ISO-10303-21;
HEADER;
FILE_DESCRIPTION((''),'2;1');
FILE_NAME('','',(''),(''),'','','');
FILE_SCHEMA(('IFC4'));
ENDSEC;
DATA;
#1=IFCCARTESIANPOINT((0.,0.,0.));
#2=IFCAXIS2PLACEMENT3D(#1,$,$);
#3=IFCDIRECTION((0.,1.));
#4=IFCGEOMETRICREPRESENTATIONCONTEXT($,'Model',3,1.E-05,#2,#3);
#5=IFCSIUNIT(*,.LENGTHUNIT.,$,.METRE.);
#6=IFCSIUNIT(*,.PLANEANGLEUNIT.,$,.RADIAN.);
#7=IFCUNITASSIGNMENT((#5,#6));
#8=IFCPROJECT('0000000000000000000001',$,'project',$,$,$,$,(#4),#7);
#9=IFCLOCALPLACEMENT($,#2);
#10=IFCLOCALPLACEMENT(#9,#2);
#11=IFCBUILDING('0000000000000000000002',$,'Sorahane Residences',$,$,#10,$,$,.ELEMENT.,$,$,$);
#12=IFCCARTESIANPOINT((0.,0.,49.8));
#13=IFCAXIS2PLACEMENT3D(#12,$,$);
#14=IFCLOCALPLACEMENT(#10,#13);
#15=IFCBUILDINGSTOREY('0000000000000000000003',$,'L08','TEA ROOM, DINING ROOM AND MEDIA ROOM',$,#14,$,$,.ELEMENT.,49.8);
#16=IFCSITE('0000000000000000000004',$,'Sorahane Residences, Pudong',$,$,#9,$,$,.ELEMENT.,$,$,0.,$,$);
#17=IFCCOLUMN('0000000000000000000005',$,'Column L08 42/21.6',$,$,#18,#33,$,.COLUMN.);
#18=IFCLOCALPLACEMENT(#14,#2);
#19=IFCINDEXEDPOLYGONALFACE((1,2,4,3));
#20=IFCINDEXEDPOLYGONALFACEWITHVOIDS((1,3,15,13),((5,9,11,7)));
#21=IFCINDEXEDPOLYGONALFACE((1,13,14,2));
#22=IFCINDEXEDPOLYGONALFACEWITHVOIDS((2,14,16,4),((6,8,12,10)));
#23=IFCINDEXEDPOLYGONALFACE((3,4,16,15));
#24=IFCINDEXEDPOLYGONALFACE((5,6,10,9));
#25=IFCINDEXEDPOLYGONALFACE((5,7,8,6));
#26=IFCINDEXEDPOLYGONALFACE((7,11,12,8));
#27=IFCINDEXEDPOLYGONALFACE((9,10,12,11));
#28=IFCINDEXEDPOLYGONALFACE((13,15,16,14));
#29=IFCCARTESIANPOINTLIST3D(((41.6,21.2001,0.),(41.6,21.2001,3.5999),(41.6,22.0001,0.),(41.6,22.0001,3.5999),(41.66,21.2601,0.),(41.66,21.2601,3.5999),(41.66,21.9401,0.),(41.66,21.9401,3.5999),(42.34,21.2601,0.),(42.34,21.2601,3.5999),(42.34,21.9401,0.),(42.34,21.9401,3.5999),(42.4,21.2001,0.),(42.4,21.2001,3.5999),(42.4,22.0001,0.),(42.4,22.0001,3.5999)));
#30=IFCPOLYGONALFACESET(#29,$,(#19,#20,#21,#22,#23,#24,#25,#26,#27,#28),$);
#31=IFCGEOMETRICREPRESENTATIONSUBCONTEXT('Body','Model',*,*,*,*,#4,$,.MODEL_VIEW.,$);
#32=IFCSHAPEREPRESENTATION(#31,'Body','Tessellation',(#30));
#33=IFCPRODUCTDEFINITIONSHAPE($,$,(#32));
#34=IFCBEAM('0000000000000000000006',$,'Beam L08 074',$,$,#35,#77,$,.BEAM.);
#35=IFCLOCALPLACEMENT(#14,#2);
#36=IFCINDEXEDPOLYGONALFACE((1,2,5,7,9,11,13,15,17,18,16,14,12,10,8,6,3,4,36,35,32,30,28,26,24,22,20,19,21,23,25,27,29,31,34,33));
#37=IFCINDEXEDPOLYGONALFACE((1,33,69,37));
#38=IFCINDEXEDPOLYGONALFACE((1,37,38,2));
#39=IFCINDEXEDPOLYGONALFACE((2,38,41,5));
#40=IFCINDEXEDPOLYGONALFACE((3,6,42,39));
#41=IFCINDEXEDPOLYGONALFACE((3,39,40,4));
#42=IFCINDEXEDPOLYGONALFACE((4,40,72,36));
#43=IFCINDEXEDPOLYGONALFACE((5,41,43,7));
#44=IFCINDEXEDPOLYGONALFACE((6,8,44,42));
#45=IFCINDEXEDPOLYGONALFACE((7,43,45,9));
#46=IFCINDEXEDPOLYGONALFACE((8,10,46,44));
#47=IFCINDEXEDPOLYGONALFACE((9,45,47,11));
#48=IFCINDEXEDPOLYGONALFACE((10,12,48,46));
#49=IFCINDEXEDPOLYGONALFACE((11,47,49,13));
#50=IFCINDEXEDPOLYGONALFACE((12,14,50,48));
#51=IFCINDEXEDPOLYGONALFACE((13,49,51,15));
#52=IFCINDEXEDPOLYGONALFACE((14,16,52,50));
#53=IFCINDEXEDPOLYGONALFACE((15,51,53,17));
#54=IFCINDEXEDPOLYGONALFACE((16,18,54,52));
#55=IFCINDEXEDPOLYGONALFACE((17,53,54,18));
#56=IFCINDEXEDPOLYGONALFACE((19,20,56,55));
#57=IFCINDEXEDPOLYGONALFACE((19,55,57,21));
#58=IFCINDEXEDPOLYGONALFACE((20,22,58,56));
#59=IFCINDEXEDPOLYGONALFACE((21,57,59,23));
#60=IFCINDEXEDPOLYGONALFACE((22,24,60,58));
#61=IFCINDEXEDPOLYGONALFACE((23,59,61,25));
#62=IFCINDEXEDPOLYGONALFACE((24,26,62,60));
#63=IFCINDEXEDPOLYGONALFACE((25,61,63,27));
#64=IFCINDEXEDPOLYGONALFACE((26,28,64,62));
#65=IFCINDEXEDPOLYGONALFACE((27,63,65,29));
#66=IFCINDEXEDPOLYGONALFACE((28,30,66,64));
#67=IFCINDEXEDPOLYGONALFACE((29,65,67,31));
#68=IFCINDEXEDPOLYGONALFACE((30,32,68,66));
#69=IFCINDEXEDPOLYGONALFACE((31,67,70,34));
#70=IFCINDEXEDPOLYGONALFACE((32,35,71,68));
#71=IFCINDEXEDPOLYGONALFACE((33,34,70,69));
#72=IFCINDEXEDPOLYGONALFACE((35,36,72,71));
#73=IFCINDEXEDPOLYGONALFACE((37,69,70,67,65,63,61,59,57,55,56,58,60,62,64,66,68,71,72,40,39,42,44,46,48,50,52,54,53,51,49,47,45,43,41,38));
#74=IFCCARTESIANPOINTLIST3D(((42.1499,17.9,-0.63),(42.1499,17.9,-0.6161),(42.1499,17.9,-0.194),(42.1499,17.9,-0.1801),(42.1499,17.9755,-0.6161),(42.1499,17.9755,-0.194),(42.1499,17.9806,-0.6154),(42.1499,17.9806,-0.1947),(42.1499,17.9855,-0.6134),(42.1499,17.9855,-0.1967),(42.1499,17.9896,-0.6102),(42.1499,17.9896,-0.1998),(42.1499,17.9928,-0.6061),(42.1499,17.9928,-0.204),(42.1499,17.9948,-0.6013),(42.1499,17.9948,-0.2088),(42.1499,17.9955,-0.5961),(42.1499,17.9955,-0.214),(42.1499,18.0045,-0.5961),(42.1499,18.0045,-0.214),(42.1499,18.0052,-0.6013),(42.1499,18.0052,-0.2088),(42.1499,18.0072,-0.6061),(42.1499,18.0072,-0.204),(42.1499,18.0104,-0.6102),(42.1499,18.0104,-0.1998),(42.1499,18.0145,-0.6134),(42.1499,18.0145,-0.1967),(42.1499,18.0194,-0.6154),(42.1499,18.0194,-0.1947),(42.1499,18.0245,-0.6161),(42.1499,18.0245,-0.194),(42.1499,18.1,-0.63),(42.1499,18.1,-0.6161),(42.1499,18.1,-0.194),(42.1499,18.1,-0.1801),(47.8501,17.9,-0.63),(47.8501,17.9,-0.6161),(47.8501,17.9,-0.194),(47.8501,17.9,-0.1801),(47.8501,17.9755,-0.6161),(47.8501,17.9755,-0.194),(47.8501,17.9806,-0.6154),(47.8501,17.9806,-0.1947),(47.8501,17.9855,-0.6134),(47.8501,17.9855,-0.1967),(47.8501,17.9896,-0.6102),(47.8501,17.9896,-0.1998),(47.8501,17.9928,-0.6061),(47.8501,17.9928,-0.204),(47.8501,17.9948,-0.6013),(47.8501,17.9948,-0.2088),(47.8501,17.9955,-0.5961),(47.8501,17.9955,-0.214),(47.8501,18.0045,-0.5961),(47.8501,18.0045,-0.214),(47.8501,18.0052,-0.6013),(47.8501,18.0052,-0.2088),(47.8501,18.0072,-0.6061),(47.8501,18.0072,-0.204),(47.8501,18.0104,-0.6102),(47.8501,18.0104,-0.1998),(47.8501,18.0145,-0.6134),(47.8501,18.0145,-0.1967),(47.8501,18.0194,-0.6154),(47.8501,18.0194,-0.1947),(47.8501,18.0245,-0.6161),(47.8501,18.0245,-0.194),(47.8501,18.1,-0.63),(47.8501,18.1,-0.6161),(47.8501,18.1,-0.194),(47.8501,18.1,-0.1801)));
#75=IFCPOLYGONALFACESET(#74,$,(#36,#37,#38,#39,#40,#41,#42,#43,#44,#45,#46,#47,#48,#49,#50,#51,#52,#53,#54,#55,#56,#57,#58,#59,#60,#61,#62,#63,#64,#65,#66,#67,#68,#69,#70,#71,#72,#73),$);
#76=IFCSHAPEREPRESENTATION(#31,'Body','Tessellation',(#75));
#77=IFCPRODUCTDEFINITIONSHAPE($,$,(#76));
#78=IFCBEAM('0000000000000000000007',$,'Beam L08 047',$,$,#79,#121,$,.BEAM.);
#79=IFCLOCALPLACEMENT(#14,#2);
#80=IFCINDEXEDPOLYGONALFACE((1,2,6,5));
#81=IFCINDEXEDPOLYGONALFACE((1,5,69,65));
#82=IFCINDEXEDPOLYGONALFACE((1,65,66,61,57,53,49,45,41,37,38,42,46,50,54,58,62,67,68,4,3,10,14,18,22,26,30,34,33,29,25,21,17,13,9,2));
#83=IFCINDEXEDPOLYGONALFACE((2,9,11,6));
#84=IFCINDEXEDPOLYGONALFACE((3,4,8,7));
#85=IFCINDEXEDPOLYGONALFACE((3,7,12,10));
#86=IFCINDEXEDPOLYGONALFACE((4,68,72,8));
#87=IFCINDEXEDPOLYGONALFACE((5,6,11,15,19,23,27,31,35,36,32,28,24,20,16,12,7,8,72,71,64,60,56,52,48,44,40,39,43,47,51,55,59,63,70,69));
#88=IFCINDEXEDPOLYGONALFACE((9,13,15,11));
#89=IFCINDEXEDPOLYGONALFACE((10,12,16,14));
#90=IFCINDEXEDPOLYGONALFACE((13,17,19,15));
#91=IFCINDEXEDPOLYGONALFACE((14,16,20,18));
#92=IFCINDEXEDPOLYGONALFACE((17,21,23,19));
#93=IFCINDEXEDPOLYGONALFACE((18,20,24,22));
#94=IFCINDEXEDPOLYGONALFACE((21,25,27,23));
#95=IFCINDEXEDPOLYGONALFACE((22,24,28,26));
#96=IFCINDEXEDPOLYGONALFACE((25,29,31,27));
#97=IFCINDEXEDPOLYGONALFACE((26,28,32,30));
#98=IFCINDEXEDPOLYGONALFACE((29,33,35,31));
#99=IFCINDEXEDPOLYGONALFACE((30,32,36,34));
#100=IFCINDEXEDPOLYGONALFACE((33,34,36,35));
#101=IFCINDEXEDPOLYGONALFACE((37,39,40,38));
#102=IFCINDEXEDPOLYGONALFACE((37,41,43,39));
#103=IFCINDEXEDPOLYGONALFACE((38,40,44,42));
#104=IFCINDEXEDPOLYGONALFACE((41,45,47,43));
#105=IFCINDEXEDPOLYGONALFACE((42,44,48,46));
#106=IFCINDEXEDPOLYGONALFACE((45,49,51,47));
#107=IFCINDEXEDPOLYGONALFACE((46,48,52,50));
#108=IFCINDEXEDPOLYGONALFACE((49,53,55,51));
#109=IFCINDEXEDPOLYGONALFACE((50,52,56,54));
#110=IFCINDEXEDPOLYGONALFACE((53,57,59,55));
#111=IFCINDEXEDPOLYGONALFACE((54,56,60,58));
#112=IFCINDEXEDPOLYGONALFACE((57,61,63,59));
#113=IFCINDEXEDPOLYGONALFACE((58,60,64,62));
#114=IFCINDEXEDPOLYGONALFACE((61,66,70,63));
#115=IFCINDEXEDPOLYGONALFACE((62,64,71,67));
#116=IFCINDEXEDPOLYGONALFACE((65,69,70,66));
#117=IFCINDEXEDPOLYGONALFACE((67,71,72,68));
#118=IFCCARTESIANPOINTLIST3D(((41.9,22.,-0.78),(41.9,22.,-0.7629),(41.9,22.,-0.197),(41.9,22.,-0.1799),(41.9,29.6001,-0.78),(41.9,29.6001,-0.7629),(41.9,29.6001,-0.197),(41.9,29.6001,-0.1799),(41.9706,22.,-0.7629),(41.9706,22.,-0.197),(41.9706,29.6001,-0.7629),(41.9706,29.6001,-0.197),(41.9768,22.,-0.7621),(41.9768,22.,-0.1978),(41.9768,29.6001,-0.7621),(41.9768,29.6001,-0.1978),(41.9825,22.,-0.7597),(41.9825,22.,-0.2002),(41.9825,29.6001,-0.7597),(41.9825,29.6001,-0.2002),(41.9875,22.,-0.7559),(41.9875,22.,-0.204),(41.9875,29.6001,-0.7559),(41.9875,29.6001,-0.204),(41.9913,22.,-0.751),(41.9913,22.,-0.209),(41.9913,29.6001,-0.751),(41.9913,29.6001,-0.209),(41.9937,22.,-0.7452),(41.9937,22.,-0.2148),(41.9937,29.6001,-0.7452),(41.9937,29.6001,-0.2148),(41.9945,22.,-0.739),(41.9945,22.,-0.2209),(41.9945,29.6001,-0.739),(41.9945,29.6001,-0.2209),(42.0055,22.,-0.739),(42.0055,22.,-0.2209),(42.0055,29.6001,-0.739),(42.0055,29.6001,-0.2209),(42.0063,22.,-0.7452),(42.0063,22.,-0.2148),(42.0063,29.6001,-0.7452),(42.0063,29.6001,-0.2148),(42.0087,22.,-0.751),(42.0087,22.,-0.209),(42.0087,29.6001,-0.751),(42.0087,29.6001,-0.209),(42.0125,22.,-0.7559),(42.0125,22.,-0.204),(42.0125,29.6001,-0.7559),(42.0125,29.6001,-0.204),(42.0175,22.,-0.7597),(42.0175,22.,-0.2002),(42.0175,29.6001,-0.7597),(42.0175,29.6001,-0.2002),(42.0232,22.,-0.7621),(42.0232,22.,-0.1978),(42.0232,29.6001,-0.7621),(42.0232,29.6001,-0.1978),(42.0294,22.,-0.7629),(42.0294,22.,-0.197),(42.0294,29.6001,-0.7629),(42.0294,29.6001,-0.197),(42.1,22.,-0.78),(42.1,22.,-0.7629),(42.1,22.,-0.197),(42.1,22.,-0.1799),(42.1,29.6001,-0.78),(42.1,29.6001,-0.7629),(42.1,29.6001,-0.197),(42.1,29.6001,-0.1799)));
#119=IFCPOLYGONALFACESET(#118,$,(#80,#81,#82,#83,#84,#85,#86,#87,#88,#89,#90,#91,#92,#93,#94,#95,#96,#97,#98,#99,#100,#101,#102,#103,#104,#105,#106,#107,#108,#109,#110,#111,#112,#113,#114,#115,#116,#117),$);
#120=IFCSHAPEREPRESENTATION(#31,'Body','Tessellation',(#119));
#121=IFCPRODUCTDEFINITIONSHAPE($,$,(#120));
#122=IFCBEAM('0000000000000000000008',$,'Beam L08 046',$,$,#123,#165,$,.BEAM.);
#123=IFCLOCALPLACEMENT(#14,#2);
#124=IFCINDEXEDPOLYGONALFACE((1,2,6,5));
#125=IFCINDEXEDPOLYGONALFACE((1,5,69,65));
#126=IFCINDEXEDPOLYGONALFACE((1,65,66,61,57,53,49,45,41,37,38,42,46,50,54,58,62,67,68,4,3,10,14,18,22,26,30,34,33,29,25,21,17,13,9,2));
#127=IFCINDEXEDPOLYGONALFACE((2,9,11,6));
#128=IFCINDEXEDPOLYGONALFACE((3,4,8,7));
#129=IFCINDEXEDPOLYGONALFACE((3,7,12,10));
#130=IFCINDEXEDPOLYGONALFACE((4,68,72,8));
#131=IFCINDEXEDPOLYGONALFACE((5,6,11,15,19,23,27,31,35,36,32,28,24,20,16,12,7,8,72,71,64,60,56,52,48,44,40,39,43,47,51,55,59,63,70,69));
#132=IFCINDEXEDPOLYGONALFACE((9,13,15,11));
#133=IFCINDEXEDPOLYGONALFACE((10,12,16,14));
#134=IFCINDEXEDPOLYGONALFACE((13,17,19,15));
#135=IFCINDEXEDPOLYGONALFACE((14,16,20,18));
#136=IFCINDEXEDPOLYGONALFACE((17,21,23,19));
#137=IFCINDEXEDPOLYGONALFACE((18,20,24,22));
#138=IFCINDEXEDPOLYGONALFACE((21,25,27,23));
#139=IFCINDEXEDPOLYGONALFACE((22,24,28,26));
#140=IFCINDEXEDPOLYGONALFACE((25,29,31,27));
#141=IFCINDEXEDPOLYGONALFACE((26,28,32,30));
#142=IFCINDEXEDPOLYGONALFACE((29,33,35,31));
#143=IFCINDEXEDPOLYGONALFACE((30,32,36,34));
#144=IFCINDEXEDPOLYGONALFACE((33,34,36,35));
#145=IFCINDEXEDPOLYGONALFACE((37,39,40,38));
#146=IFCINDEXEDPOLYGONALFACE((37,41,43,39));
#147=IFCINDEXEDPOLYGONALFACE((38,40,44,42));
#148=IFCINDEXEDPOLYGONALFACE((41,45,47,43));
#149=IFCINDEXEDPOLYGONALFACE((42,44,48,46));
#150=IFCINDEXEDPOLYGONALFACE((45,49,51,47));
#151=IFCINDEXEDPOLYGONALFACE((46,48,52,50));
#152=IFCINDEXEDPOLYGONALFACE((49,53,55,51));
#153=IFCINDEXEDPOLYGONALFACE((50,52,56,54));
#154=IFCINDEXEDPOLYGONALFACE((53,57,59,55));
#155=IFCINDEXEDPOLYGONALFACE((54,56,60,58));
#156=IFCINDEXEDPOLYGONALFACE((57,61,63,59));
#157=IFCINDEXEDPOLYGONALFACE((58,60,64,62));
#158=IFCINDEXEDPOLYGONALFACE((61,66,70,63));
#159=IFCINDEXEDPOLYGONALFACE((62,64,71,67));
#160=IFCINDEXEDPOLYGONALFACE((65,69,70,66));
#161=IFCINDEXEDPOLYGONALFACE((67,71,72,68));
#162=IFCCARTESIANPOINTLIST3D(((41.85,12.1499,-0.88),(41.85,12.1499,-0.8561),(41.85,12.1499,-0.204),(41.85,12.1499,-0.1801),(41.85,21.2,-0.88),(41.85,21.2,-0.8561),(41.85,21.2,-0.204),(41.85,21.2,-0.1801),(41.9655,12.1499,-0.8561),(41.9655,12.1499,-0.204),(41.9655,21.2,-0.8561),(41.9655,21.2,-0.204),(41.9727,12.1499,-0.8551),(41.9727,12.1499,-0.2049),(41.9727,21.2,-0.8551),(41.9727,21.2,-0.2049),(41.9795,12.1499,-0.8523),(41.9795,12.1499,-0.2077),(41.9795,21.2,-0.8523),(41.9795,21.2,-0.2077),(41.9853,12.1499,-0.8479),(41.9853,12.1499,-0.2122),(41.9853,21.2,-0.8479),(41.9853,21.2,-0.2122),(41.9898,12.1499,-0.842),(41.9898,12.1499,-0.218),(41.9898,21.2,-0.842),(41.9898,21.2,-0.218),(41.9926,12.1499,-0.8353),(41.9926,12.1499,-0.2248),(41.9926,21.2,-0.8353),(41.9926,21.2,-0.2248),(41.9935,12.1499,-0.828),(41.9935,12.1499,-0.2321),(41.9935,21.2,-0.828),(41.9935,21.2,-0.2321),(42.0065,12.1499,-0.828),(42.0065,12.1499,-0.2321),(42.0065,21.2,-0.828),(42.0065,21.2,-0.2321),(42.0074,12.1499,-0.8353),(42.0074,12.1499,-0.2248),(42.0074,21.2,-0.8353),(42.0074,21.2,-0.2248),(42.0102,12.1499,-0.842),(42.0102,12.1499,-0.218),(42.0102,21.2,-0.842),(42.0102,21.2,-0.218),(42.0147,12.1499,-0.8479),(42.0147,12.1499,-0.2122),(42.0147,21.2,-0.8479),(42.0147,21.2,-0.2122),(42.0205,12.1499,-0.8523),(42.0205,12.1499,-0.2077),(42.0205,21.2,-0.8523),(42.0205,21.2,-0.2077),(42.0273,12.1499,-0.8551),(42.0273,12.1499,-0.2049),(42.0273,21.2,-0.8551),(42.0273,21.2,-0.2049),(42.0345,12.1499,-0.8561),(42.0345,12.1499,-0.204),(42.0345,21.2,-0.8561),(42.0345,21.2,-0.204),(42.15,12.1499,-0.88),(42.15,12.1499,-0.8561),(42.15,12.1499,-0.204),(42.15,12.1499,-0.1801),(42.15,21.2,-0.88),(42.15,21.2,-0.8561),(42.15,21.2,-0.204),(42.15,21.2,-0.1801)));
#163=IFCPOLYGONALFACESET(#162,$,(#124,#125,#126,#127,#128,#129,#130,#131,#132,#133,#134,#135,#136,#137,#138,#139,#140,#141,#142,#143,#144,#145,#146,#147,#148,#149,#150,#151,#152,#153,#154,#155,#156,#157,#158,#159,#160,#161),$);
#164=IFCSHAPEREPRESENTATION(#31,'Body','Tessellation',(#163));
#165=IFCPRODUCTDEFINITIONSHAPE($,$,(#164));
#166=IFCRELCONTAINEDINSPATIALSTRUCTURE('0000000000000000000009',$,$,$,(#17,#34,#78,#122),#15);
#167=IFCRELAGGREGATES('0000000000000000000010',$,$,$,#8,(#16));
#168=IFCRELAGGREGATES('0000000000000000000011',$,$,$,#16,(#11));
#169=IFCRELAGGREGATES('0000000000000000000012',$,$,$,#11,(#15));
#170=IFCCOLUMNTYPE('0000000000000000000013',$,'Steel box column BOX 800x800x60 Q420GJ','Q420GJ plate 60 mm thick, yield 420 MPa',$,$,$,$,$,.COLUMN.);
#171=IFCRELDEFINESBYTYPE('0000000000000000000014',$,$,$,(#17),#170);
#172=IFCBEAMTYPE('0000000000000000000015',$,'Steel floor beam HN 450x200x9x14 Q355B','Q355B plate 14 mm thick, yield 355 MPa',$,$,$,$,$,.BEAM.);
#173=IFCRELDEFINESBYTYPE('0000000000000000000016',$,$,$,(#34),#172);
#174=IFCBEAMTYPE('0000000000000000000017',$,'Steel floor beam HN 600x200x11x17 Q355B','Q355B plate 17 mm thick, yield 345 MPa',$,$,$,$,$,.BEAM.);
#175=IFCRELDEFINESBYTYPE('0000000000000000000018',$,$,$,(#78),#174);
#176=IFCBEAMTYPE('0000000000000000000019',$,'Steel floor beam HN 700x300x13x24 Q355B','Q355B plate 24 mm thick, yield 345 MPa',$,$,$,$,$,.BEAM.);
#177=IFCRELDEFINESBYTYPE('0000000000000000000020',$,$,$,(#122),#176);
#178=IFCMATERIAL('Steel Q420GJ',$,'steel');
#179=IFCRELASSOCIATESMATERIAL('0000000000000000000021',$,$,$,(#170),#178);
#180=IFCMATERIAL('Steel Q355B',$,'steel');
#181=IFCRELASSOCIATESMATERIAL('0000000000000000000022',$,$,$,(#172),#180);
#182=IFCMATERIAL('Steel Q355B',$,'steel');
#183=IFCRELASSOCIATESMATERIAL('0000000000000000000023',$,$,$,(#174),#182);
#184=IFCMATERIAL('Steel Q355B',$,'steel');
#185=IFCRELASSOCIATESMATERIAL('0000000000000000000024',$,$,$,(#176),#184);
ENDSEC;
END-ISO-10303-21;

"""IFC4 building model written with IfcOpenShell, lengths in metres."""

from ifc_helpers import new_model, si_unit, direction, frame, origin, origin_2d, place, context, subcontext, project, spatial, hollow_rectangle, i_section, extrude, material, material_profile, profile_set, type_object, element, save


model = new_model("IFC4")

# Units and contexts
model_context = context("Model", 3, precision=1e-05, world=origin(), true_north=direction((0.0, 1.0)))
body_context = subcontext(model_context, "Body", "Model", "MODEL_VIEW")
ifc_project = project(units=[si_unit("LENGTHUNIT", "METRE"), si_unit("PLANEANGLEUNIT", "RADIAN")], contexts=[model_context])

# Site, building, storey
site_placement = place(None, origin())
site = spatial("IfcSite", under=ifc_project, at=site_placement, Name="Sorahane Residences, Pudong", CompositionType="ELEMENT", RefElevation=0.0)
building_placement = place(site_placement, origin())
building = spatial("IfcBuilding", under=site, at=building_placement, Name="Sorahane Residences", CompositionType="ELEMENT")
storey_placement = place(building_placement, frame((0.0, 0.0, 49.8)))
storey = spatial("IfcBuildingStorey", under=building, at=storey_placement, Name="L08", Description="TEA ROOM, DINING ROOM AND MEDIA ROOM", CompositionType="ELEMENT", Elevation=49.8)

# Column
ifc_material_1 = material(Name="Steel Q420GJ", Category="steel")
ifc_material_profile_1 = material_profile(ifc_material_1, hollow_rectangle(XDim=0.8, YDim=0.8, WallThickness=0.0601, at=origin_2d()), Name="BOX 800x800x60")
ifc_profile_set_1 = profile_set([ifc_material_profile_1], Name="Steel Q420GJ")
column_type = type_object("IfcColumnType", Name="Steel box column BOX 800x800x60 Q420GJ", Description="Q420GJ plate 60 mm thick, yield 420 MPa", PredefinedType="COLUMN", material=ifc_profile_set_1)
column_placement = place(storey_placement, frame((42.0, 21.6001, 0.0), z_axis=(0.0, 0.0, 1.0), x_axis=(1.0, 0.0, 0.0)))
element("IfcColumn", 1, at=column_placement, inside=storey, type_object=column_type, Name="Column L08 42/21.6", PredefinedType="COLUMN", context=body_context, shape_type="SweptSolid", body=[
    extrude(hollow_rectangle(XDim=0.8, YDim=0.8, WallThickness=0.0601, at=origin_2d()), origin(), (0.0, 0.0, 1.0), 3.5999),
])

# Beams
ifc_material_2 = material(Name="Steel Q355B", Category="steel")
ifc_material_profile_2 = material_profile(ifc_material_2, i_section(OverallWidth=0.2, OverallDepth=0.45, WebThickness=0.009, FlangeThickness=0.0139, FilletRadius=0.02, at=origin_2d()), Name="HN 450x200x9x14")
ifc_profile_set_2 = profile_set([ifc_material_profile_2], Name="Steel Q355B")
beam_type_1 = type_object("IfcBeamType", Name="Steel floor beam HN 450x200x9x14 Q355B", Description="Q355B plate 14 mm thick, yield 355 MPa", PredefinedType="BEAM", material=ifc_profile_set_2)
beam_1_placement = place(storey_placement, frame((42.1499, 18.0, -0.405), z_axis=(1.0, 0.0, 0.0), x_axis=(0.0, 1.0, 0.0)))
element("IfcBeam", 2, at=beam_1_placement, inside=storey, type_object=beam_type_1, Name="Beam L08 074", PredefinedType="BEAM", context=body_context, shape_type="SweptSolid", body=[
    extrude(i_section(OverallWidth=0.2, OverallDepth=0.45, WebThickness=0.009, FlangeThickness=0.0139, FilletRadius=0.02, at=origin_2d()), origin(), (0.0, 0.0, 1.0), 5.7002),
])
ifc_material_3 = material(Name="Steel Q355B", Category="steel")
ifc_material_profile_3 = material_profile(ifc_material_3, i_section(OverallWidth=0.2, OverallDepth=0.6001, WebThickness=0.011, FlangeThickness=0.0171, FilletRadius=0.0239, at=origin_2d()), Name="HN 600x200x11x17")
ifc_profile_set_3 = profile_set([ifc_material_profile_3], Name="Steel Q355B")
beam_type_2 = type_object("IfcBeamType", Name="Steel floor beam HN 600x200x11x17 Q355B", Description="Q355B plate 17 mm thick, yield 345 MPa", PredefinedType="BEAM", material=ifc_profile_set_3)
beam_2_placement = place(storey_placement, frame((42.0, 22.0, -0.48), z_axis=(0.0, 1.0, 0.0), x_axis=(-1.0, 0.0, 0.0)))
element("IfcBeam", 3, at=beam_2_placement, inside=storey, type_object=beam_type_2, Name="Beam L08 047", PredefinedType="BEAM", context=body_context, shape_type="SweptSolid", body=[
    extrude(i_section(OverallWidth=0.2, OverallDepth=0.6001, WebThickness=0.011, FlangeThickness=0.0171, FilletRadius=0.0239, at=origin_2d()), origin(), (0.0, 0.0, 1.0), 7.6001),
])
ifc_material_4 = material(Name="Steel Q355B", Category="steel")
ifc_material_profile_4 = material_profile(ifc_material_4, i_section(OverallWidth=0.3, OverallDepth=0.7, WebThickness=0.0129, FlangeThickness=0.0239, FilletRadius=0.0281, at=origin_2d()), Name="HN 700x300x13x24")
ifc_profile_set_4 = profile_set([ifc_material_profile_4], Name="Steel Q355B")
beam_type_3 = type_object("IfcBeamType", Name="Steel floor beam HN 700x300x13x24 Q355B", Description="Q355B plate 24 mm thick, yield 345 MPa", PredefinedType="BEAM", material=ifc_profile_set_4)
beam_3_placement = place(storey_placement, frame((42.0, 12.1499, -0.53), z_axis=(0.0, 1.0, 0.0), x_axis=(-1.0, 0.0, 0.0)))
element("IfcBeam", 4, at=beam_3_placement, inside=storey, type_object=beam_type_3, Name="Beam L08 046", PredefinedType="BEAM", context=body_context, shape_type="SweptSolid", body=[
    extrude(i_section(OverallWidth=0.3, OverallDepth=0.7, WebThickness=0.0129, FlangeThickness=0.0239, FilletRadius=0.0281, at=origin_2d()), origin(), (0.0, 0.0, 1.0), 9.05),
])

save(model, "model.ifc")
